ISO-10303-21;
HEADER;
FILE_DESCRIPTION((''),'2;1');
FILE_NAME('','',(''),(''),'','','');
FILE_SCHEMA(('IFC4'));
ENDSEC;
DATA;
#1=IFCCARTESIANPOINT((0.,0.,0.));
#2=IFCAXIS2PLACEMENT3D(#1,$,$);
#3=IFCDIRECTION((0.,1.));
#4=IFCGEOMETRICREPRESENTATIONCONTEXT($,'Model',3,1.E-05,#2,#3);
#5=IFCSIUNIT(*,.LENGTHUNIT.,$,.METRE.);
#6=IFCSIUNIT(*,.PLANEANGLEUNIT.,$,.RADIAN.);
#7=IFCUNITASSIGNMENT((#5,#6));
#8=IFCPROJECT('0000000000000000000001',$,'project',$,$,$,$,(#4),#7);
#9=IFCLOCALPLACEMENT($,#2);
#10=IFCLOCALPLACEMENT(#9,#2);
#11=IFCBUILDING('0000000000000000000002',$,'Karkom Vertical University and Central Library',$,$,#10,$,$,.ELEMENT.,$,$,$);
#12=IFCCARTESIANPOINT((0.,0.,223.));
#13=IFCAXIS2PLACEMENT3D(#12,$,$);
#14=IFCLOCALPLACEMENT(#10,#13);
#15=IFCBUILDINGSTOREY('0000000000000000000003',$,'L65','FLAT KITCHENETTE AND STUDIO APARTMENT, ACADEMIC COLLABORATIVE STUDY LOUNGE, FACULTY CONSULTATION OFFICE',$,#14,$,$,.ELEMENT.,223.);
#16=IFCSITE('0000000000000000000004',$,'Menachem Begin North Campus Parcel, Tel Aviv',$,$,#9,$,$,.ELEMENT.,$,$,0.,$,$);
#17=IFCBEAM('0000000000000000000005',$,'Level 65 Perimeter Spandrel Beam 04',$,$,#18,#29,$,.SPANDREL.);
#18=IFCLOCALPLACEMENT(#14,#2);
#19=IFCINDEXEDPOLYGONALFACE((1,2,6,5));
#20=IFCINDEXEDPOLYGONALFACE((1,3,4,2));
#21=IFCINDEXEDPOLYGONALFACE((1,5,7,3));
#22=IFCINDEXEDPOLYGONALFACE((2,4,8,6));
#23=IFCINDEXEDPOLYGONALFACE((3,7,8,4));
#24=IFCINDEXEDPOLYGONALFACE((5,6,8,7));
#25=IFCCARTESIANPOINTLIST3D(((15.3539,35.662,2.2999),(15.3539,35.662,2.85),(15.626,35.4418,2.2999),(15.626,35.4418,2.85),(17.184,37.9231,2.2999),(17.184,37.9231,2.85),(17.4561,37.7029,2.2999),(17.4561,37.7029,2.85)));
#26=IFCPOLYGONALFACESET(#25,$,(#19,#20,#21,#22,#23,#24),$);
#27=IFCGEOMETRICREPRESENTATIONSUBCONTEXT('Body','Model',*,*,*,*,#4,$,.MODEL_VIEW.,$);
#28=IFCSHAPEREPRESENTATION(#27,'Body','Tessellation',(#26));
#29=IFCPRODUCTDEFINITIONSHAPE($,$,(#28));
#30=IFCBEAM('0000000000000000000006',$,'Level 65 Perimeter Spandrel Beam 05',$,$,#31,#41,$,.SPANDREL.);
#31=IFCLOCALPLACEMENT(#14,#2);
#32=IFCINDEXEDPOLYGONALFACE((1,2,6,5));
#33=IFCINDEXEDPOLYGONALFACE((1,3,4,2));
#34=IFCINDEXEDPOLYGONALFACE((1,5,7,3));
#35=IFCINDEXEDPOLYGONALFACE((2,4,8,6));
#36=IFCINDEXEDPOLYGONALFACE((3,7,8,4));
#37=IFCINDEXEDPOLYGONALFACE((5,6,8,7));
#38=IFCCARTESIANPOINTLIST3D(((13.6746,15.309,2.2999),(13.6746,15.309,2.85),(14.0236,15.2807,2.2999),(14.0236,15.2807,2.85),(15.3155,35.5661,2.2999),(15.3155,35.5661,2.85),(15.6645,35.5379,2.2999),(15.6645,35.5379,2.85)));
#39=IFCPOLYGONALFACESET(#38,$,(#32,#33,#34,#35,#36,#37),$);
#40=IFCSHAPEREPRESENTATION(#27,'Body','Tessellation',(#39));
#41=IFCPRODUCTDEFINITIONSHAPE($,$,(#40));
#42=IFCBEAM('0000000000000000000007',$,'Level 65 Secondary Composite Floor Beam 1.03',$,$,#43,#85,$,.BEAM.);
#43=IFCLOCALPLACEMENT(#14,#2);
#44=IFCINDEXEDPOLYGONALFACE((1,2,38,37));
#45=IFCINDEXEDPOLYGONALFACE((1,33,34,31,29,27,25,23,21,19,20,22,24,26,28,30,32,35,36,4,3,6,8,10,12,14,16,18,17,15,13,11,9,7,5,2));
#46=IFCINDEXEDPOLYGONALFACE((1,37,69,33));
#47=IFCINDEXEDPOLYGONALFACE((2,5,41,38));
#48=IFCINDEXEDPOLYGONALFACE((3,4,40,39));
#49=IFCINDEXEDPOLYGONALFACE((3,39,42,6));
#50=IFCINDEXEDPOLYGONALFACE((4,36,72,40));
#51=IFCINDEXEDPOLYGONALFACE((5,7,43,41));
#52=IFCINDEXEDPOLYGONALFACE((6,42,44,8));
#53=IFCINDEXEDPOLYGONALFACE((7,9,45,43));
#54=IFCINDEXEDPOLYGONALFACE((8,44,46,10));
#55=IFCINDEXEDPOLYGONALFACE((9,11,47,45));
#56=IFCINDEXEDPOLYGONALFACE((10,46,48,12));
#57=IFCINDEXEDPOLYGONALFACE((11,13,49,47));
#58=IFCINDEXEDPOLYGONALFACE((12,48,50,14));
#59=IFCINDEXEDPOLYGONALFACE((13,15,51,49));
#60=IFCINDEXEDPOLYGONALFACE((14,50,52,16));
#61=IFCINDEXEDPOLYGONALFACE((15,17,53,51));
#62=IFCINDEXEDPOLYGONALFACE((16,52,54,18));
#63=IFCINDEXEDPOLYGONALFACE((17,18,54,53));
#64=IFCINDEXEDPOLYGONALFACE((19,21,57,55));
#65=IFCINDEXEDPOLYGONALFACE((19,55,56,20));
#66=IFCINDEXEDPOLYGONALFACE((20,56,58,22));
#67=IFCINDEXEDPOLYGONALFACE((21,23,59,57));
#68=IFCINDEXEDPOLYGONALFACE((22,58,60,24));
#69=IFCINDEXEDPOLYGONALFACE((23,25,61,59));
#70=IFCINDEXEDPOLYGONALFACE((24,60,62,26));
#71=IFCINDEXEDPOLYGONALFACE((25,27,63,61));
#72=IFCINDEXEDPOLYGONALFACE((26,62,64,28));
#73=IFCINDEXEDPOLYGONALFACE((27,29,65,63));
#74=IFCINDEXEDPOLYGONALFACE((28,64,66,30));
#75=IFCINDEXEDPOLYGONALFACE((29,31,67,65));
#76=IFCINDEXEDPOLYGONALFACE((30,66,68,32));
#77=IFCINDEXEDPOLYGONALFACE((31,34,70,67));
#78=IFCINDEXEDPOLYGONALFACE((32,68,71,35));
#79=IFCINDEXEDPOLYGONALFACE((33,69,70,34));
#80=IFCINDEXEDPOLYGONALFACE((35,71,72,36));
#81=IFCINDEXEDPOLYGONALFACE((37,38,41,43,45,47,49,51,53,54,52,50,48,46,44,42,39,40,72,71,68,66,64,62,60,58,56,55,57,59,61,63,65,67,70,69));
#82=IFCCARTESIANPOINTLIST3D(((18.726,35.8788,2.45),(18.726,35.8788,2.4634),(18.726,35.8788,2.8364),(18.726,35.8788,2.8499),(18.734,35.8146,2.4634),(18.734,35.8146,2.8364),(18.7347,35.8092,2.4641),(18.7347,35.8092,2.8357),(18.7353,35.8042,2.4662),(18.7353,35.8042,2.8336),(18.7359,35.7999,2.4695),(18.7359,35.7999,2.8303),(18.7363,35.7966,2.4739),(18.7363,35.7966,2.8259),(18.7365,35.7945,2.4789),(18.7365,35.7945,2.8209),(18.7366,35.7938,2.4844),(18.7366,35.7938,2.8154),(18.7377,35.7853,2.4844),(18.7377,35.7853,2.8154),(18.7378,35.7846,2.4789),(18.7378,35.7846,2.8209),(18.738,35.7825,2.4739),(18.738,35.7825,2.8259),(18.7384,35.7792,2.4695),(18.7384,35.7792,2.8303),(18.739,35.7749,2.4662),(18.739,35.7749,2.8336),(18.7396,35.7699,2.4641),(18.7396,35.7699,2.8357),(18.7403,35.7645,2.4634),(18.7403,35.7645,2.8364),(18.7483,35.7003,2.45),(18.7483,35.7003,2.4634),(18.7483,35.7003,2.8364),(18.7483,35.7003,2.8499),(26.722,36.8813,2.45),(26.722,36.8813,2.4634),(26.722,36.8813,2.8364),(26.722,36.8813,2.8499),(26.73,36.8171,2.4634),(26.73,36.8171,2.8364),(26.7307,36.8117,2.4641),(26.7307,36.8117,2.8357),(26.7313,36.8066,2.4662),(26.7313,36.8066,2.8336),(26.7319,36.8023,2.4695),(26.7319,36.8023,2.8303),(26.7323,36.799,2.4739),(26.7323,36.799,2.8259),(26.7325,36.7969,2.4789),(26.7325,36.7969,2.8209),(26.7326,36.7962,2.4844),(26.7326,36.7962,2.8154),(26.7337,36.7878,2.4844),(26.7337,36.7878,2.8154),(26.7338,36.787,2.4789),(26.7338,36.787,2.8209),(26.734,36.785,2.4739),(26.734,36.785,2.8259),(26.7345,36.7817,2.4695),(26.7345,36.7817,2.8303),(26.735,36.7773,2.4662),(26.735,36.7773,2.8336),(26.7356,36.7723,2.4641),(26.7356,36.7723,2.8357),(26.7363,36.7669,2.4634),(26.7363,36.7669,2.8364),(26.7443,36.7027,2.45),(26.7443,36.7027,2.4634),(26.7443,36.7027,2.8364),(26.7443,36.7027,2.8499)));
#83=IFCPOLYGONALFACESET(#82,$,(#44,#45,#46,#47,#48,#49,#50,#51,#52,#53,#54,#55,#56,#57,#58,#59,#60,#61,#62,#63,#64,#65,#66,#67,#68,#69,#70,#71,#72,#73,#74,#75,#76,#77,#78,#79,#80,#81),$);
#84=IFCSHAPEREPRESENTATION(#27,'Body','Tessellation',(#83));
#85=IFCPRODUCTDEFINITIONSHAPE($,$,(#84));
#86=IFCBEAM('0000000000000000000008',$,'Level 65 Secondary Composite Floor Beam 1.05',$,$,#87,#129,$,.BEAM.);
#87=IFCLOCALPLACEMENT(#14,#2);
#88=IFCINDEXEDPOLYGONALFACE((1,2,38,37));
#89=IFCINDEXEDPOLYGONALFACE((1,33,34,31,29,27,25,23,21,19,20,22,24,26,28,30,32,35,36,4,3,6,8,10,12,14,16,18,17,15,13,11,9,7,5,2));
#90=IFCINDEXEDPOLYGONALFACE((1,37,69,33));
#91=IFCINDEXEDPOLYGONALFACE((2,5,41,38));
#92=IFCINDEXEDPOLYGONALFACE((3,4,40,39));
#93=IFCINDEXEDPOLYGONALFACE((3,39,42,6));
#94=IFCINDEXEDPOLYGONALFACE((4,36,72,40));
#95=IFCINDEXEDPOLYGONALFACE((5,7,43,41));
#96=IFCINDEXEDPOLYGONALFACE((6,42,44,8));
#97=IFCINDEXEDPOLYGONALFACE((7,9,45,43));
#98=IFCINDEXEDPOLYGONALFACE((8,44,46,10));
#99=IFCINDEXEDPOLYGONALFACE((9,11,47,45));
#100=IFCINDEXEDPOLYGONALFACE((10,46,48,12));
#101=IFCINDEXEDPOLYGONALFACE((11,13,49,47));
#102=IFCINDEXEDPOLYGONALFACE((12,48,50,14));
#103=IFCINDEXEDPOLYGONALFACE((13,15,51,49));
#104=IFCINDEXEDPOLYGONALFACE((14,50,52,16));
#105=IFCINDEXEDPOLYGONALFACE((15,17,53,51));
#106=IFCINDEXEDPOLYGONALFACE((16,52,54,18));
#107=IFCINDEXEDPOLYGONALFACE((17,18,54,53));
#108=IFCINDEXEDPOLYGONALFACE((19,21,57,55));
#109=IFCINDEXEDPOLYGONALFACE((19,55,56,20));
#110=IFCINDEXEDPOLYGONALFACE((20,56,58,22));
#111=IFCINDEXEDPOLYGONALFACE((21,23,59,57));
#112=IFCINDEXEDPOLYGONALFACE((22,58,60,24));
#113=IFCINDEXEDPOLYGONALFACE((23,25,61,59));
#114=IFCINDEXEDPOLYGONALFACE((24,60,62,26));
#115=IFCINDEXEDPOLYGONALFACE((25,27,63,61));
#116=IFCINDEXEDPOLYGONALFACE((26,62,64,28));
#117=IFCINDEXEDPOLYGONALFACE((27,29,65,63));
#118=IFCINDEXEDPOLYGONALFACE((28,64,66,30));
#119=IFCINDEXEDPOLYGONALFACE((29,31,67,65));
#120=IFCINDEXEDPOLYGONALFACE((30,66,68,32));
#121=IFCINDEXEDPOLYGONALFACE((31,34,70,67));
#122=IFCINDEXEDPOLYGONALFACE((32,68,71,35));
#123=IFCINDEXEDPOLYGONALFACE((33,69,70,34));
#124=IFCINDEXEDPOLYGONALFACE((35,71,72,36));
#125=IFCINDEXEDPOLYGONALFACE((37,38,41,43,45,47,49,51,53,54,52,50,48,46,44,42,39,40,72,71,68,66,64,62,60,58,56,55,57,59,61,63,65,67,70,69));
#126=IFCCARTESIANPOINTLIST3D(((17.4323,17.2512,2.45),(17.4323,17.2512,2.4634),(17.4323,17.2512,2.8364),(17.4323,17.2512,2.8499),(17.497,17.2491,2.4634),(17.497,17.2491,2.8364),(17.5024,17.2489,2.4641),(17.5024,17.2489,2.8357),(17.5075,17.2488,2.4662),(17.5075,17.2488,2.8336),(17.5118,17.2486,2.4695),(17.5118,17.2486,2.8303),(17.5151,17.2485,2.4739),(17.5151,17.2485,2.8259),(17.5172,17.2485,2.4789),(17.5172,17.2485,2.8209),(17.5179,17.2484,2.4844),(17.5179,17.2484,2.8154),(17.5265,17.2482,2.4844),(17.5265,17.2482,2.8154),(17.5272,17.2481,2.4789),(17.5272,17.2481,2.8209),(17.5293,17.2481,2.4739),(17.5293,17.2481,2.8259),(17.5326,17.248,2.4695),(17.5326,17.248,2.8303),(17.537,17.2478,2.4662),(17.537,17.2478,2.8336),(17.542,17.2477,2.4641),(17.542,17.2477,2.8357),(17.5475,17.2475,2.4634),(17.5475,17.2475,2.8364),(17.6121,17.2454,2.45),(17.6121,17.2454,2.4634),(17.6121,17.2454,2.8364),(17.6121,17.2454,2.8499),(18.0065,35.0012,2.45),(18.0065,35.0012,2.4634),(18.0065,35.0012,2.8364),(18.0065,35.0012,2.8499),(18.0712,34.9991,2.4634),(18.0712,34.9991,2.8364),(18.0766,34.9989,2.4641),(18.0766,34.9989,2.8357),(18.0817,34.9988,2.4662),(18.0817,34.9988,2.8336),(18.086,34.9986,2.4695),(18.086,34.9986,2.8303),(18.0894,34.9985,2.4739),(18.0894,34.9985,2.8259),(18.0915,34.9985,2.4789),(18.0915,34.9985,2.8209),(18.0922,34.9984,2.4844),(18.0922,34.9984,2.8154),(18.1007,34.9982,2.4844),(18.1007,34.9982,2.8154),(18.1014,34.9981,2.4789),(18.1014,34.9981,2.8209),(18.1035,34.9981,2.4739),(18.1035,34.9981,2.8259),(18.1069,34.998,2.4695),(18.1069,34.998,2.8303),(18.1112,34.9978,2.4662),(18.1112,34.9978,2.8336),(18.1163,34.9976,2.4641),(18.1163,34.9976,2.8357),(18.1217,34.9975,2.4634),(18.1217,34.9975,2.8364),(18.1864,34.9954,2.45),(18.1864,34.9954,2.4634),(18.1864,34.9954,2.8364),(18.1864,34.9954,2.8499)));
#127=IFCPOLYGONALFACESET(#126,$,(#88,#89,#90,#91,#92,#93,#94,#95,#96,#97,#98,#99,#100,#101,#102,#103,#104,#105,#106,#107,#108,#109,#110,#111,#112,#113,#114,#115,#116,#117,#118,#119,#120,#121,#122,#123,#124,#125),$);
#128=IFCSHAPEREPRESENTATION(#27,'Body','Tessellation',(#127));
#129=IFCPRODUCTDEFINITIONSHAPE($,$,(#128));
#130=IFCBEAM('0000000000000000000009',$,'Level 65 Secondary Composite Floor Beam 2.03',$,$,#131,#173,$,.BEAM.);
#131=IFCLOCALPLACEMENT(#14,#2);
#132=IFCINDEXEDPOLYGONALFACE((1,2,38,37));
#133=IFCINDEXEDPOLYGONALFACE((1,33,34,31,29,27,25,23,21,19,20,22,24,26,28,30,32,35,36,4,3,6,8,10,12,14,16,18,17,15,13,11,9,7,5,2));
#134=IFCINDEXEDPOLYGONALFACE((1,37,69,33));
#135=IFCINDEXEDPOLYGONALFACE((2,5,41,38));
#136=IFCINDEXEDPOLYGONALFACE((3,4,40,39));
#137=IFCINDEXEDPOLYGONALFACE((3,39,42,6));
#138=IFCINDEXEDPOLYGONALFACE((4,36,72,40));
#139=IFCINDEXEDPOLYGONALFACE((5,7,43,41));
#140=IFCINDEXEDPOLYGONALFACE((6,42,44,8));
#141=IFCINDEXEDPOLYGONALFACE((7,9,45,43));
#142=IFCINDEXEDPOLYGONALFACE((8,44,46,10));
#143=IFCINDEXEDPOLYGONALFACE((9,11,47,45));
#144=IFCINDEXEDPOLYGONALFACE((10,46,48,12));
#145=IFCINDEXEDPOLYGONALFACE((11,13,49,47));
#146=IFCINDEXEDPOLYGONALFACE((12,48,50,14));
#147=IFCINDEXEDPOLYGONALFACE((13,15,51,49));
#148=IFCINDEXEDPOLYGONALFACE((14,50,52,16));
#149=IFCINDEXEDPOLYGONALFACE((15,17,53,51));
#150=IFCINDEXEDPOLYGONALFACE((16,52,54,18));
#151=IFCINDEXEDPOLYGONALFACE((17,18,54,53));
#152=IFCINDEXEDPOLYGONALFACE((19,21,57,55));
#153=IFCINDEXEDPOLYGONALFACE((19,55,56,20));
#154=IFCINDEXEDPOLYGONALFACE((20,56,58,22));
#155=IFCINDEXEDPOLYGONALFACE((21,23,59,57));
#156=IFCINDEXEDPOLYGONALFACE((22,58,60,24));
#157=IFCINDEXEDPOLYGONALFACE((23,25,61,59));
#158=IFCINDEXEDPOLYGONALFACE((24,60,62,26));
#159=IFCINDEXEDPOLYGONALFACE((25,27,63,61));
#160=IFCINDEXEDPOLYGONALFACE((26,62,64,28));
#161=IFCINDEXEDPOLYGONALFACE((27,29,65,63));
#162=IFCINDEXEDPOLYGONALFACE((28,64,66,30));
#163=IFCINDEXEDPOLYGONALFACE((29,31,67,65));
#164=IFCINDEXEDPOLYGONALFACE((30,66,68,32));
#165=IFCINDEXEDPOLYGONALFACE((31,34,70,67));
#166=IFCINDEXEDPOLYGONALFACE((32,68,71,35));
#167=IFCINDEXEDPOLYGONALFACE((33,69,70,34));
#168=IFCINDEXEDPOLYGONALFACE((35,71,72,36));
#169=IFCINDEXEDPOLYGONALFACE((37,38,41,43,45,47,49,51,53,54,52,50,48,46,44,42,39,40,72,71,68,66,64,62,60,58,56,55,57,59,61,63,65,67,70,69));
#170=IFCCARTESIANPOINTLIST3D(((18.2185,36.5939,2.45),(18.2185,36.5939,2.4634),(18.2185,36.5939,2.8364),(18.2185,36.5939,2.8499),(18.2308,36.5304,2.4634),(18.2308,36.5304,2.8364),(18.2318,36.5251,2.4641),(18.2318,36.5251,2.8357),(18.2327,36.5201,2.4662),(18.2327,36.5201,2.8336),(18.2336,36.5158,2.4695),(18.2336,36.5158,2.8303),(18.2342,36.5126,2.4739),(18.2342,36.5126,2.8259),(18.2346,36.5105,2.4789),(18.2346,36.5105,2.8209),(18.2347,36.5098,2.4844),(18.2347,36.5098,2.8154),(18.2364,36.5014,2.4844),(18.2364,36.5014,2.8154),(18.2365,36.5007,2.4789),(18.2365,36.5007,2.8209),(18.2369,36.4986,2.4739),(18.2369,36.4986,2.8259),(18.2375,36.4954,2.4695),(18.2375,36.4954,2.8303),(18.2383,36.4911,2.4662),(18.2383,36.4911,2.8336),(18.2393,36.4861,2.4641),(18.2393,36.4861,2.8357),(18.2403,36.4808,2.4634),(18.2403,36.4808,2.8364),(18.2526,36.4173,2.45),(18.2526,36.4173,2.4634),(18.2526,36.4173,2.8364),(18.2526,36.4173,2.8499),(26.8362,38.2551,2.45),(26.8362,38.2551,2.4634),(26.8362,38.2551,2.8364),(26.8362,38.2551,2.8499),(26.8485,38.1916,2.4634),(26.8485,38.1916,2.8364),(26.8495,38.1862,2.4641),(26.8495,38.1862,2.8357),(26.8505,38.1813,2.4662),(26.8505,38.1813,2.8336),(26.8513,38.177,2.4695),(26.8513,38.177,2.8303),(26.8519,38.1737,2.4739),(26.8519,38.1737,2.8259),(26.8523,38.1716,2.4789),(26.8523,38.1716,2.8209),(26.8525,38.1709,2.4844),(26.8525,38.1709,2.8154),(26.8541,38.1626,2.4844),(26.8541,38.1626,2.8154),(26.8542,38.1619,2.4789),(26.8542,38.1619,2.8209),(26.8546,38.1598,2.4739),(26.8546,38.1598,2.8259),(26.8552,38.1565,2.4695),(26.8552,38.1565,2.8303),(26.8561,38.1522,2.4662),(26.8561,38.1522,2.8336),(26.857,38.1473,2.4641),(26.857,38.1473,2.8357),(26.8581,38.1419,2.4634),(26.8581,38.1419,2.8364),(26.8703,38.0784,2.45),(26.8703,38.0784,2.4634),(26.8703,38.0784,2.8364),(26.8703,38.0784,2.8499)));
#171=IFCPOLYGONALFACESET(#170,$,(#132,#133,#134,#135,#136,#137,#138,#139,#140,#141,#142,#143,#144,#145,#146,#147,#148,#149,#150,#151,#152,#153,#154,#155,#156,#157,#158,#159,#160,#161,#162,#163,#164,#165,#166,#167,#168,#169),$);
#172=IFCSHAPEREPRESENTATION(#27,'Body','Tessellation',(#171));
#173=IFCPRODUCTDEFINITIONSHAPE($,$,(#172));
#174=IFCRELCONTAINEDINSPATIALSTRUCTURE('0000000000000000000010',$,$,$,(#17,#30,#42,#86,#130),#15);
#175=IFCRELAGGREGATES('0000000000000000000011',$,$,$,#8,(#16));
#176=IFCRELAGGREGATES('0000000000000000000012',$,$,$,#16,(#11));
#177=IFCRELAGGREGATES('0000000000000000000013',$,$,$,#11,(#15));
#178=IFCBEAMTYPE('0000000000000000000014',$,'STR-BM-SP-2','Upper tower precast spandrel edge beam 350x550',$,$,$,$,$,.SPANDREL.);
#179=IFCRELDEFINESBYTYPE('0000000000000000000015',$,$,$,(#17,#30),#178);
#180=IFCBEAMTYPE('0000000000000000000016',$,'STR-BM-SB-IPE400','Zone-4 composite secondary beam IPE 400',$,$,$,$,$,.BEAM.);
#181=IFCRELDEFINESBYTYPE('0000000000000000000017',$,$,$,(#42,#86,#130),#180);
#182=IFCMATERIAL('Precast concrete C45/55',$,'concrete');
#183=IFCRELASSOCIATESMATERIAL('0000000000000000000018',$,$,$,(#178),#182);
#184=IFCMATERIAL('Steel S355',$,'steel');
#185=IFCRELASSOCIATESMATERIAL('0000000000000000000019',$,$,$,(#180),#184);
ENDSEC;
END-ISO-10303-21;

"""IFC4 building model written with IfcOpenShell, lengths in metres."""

from ifc_helpers import new_model, si_unit, direction, frame, origin, origin_with_axes, origin_2d, place, context, subcontext, project, spatial, rectangle, i_section, extrude, source, transform, mapped, material, material_profile, profile_set, type_object, element, save


model = new_model("IFC4")

# Units and contexts
model_context = context("Model", 3, precision=1e-05, world=origin(), true_north=direction((0.0, 1.0)))
body_context = subcontext(model_context, "Body", "Model", "MODEL_VIEW")
ifc_project = project(units=[si_unit("LENGTHUNIT", "METRE"), si_unit("PLANEANGLEUNIT", "RADIAN")], contexts=[model_context])

# Site, building, storey
site_placement = place(None, origin())
site = spatial("IfcSite", under=ifc_project, at=site_placement, Name="Menachem Begin North Campus Parcel, Tel Aviv", CompositionType="ELEMENT", RefElevation=0.0)
building_placement = place(site_placement, origin())
building = spatial("IfcBuilding", under=site, at=building_placement, Name="Karkom Vertical University and Central Library", CompositionType="ELEMENT")
storey_placement = place(building_placement, frame((0.0, 0.0, 223.0)))
storey = spatial("IfcBuildingStorey", under=building, at=storey_placement, Name="L65", Description="FLAT KITCHENETTE AND STUDIO APARTMENT, ACADEMIC COLLABORATIVE STUDY LOUNGE, FACULTY CONSULTATION OFFICE", CompositionType="ELEMENT", Elevation=223.0)

# Beams
ifc_material_1 = material(Name="Precast concrete C45/55", Category="concrete")
ifc_material_profile_1 = material_profile(ifc_material_1, rectangle(XDim=0.3501, YDim=0.55, at=origin_2d()), Name="SPB-350x550")
ifc_profile_set_1 = profile_set([ifc_material_profile_1], Name="Precast concrete C45/55")
beam_type_1 = type_object("IfcBeamType", Name="STR-BM-SP-2", Description="Upper tower precast spandrel edge beam 350x550", PredefinedType="SPANDREL", material=ifc_profile_set_1)
shared_shape_1 = source(origin_with_axes(), body_context, "Body", "SweptSolid", [
    extrude(rectangle(XDim=0.3501, YDim=0.55, at=origin_2d()), origin(), (0.0, 0.0, 1.0), 2.9089),
])
beam_1_placement = place(storey_placement, frame((17.3201, 37.813, 2.575), z_axis=(-0.629148, -0.777286, 0.0), x_axis=(0.777286, -0.629148, 0.0)))
element("IfcBeam", 1, at=beam_1_placement, inside=storey, type_object=beam_type_1, Name="Level 65 Perimeter Spandrel Beam 04", PredefinedType="SPANDREL", context=body_context, shape_type="MappedRepresentation", body=[
    mapped(shared_shape_1, transform((0.0, 0.0, 0.0), scale=1.0)),
])
shared_shape_2 = source(origin_with_axes(), body_context, "Body", "SweptSolid", [
    extrude(rectangle(XDim=0.3501, YDim=0.55, at=origin_2d()), origin(), (0.0, 0.0, 1.0), 20.3235),
])
beam_2_placement = place(storey_placement, frame((15.49, 35.552, 2.575), z_axis=(-0.080738, -0.996735, 0.0), x_axis=(0.996735, -0.080738, 0.0)))
element("IfcBeam", 2, at=beam_2_placement, inside=storey, type_object=beam_type_1, Name="Level 65 Perimeter Spandrel Beam 05", PredefinedType="SPANDREL", context=body_context, shape_type="MappedRepresentation", body=[
    mapped(shared_shape_2, transform((0.0, 0.0, 0.0), scale=1.0)),
])
ifc_material_2 = material(Name="Steel S355", Category="steel")
ifc_material_profile_2 = material_profile(ifc_material_2, i_section(OverallWidth=0.1799, OverallDepth=0.3999, WebThickness=0.0085, FlangeThickness=0.0134, FilletRadius=0.021, at=origin_2d()), Name="IPE 400")
ifc_profile_set_2 = profile_set([ifc_material_profile_2], Name="Steel S355")
beam_type_2 = type_object("IfcBeamType", Name="STR-BM-SB-IPE400", Description="Zone-4 composite secondary beam IPE 400", PredefinedType="BEAM", material=ifc_profile_set_2)
shared_shape_3 = source(origin_with_axes(), body_context, "Body", "SweptSolid", [
    extrude(i_section(OverallWidth=0.1799, OverallDepth=0.3999, WebThickness=0.0085, FlangeThickness=0.0134, FilletRadius=0.021, at=origin_2d()), origin(), (0.0, 0.0, 1.0), 8.0586),
])
beam_3_placement = place(storey_placement, frame((26.7332, 36.792, 2.6499), z_axis=(-0.992233, -0.124393, 0.0), x_axis=(0.124393, -0.992233, 0.0)))
element("IfcBeam", 3, at=beam_3_placement, inside=storey, type_object=beam_type_2, Name="Level 65 Secondary Composite Floor Beam 1.03", PredefinedType="BEAM", context=body_context, shape_type="MappedRepresentation", body=[
    mapped(shared_shape_3, transform((0.0, 0.0, 0.0), scale=1.0)),
])
shared_shape_4 = source(origin_with_axes(), body_context, "Body", "SweptSolid", [
    extrude(i_section(OverallWidth=0.1799, OverallDepth=0.3999, WebThickness=0.0085, FlangeThickness=0.0134, FilletRadius=0.021, at=origin_2d()), origin(), (0.0, 0.0, 1.0), 17.7593),
])
beam_4_placement = place(storey_placement, frame((18.0964, 34.9983, 2.6499), z_axis=(-0.032333, -0.999477, 0.0), x_axis=(0.999477, -0.032333, 0.0)))
element("IfcBeam", 4, at=beam_4_placement, inside=storey, type_object=beam_type_2, Name="Level 65 Secondary Composite Floor Beam 1.05", PredefinedType="BEAM", context=body_context, shape_type="MappedRepresentation", body=[
    mapped(shared_shape_4, transform((0.0, 0.0, 0.0), scale=1.0)),
])
shared_shape_5 = source(origin_with_axes(), body_context, "Body", "SweptSolid", [
    extrude(i_section(OverallWidth=0.1799, OverallDepth=0.3999, WebThickness=0.0085, FlangeThickness=0.0134, FilletRadius=0.021, at=origin_2d()), origin(), (0.0, 0.0, 1.0), 8.7764),
])
beam_5_placement = place(storey_placement, frame((26.8533, 38.1667, 2.6499), z_axis=(-0.981924, -0.189275, 0.0), x_axis=(0.189275, -0.981924, 0.0)))
element("IfcBeam", 5, at=beam_5_placement, inside=storey, type_object=beam_type_2, Name="Level 65 Secondary Composite Floor Beam 2.03", PredefinedType="BEAM", context=body_context, shape_type="MappedRepresentation", body=[
    mapped(shared_shape_5, transform((0.0, 0.0, 0.0), scale=1.0)),
])

save(model, "model.ifc")
